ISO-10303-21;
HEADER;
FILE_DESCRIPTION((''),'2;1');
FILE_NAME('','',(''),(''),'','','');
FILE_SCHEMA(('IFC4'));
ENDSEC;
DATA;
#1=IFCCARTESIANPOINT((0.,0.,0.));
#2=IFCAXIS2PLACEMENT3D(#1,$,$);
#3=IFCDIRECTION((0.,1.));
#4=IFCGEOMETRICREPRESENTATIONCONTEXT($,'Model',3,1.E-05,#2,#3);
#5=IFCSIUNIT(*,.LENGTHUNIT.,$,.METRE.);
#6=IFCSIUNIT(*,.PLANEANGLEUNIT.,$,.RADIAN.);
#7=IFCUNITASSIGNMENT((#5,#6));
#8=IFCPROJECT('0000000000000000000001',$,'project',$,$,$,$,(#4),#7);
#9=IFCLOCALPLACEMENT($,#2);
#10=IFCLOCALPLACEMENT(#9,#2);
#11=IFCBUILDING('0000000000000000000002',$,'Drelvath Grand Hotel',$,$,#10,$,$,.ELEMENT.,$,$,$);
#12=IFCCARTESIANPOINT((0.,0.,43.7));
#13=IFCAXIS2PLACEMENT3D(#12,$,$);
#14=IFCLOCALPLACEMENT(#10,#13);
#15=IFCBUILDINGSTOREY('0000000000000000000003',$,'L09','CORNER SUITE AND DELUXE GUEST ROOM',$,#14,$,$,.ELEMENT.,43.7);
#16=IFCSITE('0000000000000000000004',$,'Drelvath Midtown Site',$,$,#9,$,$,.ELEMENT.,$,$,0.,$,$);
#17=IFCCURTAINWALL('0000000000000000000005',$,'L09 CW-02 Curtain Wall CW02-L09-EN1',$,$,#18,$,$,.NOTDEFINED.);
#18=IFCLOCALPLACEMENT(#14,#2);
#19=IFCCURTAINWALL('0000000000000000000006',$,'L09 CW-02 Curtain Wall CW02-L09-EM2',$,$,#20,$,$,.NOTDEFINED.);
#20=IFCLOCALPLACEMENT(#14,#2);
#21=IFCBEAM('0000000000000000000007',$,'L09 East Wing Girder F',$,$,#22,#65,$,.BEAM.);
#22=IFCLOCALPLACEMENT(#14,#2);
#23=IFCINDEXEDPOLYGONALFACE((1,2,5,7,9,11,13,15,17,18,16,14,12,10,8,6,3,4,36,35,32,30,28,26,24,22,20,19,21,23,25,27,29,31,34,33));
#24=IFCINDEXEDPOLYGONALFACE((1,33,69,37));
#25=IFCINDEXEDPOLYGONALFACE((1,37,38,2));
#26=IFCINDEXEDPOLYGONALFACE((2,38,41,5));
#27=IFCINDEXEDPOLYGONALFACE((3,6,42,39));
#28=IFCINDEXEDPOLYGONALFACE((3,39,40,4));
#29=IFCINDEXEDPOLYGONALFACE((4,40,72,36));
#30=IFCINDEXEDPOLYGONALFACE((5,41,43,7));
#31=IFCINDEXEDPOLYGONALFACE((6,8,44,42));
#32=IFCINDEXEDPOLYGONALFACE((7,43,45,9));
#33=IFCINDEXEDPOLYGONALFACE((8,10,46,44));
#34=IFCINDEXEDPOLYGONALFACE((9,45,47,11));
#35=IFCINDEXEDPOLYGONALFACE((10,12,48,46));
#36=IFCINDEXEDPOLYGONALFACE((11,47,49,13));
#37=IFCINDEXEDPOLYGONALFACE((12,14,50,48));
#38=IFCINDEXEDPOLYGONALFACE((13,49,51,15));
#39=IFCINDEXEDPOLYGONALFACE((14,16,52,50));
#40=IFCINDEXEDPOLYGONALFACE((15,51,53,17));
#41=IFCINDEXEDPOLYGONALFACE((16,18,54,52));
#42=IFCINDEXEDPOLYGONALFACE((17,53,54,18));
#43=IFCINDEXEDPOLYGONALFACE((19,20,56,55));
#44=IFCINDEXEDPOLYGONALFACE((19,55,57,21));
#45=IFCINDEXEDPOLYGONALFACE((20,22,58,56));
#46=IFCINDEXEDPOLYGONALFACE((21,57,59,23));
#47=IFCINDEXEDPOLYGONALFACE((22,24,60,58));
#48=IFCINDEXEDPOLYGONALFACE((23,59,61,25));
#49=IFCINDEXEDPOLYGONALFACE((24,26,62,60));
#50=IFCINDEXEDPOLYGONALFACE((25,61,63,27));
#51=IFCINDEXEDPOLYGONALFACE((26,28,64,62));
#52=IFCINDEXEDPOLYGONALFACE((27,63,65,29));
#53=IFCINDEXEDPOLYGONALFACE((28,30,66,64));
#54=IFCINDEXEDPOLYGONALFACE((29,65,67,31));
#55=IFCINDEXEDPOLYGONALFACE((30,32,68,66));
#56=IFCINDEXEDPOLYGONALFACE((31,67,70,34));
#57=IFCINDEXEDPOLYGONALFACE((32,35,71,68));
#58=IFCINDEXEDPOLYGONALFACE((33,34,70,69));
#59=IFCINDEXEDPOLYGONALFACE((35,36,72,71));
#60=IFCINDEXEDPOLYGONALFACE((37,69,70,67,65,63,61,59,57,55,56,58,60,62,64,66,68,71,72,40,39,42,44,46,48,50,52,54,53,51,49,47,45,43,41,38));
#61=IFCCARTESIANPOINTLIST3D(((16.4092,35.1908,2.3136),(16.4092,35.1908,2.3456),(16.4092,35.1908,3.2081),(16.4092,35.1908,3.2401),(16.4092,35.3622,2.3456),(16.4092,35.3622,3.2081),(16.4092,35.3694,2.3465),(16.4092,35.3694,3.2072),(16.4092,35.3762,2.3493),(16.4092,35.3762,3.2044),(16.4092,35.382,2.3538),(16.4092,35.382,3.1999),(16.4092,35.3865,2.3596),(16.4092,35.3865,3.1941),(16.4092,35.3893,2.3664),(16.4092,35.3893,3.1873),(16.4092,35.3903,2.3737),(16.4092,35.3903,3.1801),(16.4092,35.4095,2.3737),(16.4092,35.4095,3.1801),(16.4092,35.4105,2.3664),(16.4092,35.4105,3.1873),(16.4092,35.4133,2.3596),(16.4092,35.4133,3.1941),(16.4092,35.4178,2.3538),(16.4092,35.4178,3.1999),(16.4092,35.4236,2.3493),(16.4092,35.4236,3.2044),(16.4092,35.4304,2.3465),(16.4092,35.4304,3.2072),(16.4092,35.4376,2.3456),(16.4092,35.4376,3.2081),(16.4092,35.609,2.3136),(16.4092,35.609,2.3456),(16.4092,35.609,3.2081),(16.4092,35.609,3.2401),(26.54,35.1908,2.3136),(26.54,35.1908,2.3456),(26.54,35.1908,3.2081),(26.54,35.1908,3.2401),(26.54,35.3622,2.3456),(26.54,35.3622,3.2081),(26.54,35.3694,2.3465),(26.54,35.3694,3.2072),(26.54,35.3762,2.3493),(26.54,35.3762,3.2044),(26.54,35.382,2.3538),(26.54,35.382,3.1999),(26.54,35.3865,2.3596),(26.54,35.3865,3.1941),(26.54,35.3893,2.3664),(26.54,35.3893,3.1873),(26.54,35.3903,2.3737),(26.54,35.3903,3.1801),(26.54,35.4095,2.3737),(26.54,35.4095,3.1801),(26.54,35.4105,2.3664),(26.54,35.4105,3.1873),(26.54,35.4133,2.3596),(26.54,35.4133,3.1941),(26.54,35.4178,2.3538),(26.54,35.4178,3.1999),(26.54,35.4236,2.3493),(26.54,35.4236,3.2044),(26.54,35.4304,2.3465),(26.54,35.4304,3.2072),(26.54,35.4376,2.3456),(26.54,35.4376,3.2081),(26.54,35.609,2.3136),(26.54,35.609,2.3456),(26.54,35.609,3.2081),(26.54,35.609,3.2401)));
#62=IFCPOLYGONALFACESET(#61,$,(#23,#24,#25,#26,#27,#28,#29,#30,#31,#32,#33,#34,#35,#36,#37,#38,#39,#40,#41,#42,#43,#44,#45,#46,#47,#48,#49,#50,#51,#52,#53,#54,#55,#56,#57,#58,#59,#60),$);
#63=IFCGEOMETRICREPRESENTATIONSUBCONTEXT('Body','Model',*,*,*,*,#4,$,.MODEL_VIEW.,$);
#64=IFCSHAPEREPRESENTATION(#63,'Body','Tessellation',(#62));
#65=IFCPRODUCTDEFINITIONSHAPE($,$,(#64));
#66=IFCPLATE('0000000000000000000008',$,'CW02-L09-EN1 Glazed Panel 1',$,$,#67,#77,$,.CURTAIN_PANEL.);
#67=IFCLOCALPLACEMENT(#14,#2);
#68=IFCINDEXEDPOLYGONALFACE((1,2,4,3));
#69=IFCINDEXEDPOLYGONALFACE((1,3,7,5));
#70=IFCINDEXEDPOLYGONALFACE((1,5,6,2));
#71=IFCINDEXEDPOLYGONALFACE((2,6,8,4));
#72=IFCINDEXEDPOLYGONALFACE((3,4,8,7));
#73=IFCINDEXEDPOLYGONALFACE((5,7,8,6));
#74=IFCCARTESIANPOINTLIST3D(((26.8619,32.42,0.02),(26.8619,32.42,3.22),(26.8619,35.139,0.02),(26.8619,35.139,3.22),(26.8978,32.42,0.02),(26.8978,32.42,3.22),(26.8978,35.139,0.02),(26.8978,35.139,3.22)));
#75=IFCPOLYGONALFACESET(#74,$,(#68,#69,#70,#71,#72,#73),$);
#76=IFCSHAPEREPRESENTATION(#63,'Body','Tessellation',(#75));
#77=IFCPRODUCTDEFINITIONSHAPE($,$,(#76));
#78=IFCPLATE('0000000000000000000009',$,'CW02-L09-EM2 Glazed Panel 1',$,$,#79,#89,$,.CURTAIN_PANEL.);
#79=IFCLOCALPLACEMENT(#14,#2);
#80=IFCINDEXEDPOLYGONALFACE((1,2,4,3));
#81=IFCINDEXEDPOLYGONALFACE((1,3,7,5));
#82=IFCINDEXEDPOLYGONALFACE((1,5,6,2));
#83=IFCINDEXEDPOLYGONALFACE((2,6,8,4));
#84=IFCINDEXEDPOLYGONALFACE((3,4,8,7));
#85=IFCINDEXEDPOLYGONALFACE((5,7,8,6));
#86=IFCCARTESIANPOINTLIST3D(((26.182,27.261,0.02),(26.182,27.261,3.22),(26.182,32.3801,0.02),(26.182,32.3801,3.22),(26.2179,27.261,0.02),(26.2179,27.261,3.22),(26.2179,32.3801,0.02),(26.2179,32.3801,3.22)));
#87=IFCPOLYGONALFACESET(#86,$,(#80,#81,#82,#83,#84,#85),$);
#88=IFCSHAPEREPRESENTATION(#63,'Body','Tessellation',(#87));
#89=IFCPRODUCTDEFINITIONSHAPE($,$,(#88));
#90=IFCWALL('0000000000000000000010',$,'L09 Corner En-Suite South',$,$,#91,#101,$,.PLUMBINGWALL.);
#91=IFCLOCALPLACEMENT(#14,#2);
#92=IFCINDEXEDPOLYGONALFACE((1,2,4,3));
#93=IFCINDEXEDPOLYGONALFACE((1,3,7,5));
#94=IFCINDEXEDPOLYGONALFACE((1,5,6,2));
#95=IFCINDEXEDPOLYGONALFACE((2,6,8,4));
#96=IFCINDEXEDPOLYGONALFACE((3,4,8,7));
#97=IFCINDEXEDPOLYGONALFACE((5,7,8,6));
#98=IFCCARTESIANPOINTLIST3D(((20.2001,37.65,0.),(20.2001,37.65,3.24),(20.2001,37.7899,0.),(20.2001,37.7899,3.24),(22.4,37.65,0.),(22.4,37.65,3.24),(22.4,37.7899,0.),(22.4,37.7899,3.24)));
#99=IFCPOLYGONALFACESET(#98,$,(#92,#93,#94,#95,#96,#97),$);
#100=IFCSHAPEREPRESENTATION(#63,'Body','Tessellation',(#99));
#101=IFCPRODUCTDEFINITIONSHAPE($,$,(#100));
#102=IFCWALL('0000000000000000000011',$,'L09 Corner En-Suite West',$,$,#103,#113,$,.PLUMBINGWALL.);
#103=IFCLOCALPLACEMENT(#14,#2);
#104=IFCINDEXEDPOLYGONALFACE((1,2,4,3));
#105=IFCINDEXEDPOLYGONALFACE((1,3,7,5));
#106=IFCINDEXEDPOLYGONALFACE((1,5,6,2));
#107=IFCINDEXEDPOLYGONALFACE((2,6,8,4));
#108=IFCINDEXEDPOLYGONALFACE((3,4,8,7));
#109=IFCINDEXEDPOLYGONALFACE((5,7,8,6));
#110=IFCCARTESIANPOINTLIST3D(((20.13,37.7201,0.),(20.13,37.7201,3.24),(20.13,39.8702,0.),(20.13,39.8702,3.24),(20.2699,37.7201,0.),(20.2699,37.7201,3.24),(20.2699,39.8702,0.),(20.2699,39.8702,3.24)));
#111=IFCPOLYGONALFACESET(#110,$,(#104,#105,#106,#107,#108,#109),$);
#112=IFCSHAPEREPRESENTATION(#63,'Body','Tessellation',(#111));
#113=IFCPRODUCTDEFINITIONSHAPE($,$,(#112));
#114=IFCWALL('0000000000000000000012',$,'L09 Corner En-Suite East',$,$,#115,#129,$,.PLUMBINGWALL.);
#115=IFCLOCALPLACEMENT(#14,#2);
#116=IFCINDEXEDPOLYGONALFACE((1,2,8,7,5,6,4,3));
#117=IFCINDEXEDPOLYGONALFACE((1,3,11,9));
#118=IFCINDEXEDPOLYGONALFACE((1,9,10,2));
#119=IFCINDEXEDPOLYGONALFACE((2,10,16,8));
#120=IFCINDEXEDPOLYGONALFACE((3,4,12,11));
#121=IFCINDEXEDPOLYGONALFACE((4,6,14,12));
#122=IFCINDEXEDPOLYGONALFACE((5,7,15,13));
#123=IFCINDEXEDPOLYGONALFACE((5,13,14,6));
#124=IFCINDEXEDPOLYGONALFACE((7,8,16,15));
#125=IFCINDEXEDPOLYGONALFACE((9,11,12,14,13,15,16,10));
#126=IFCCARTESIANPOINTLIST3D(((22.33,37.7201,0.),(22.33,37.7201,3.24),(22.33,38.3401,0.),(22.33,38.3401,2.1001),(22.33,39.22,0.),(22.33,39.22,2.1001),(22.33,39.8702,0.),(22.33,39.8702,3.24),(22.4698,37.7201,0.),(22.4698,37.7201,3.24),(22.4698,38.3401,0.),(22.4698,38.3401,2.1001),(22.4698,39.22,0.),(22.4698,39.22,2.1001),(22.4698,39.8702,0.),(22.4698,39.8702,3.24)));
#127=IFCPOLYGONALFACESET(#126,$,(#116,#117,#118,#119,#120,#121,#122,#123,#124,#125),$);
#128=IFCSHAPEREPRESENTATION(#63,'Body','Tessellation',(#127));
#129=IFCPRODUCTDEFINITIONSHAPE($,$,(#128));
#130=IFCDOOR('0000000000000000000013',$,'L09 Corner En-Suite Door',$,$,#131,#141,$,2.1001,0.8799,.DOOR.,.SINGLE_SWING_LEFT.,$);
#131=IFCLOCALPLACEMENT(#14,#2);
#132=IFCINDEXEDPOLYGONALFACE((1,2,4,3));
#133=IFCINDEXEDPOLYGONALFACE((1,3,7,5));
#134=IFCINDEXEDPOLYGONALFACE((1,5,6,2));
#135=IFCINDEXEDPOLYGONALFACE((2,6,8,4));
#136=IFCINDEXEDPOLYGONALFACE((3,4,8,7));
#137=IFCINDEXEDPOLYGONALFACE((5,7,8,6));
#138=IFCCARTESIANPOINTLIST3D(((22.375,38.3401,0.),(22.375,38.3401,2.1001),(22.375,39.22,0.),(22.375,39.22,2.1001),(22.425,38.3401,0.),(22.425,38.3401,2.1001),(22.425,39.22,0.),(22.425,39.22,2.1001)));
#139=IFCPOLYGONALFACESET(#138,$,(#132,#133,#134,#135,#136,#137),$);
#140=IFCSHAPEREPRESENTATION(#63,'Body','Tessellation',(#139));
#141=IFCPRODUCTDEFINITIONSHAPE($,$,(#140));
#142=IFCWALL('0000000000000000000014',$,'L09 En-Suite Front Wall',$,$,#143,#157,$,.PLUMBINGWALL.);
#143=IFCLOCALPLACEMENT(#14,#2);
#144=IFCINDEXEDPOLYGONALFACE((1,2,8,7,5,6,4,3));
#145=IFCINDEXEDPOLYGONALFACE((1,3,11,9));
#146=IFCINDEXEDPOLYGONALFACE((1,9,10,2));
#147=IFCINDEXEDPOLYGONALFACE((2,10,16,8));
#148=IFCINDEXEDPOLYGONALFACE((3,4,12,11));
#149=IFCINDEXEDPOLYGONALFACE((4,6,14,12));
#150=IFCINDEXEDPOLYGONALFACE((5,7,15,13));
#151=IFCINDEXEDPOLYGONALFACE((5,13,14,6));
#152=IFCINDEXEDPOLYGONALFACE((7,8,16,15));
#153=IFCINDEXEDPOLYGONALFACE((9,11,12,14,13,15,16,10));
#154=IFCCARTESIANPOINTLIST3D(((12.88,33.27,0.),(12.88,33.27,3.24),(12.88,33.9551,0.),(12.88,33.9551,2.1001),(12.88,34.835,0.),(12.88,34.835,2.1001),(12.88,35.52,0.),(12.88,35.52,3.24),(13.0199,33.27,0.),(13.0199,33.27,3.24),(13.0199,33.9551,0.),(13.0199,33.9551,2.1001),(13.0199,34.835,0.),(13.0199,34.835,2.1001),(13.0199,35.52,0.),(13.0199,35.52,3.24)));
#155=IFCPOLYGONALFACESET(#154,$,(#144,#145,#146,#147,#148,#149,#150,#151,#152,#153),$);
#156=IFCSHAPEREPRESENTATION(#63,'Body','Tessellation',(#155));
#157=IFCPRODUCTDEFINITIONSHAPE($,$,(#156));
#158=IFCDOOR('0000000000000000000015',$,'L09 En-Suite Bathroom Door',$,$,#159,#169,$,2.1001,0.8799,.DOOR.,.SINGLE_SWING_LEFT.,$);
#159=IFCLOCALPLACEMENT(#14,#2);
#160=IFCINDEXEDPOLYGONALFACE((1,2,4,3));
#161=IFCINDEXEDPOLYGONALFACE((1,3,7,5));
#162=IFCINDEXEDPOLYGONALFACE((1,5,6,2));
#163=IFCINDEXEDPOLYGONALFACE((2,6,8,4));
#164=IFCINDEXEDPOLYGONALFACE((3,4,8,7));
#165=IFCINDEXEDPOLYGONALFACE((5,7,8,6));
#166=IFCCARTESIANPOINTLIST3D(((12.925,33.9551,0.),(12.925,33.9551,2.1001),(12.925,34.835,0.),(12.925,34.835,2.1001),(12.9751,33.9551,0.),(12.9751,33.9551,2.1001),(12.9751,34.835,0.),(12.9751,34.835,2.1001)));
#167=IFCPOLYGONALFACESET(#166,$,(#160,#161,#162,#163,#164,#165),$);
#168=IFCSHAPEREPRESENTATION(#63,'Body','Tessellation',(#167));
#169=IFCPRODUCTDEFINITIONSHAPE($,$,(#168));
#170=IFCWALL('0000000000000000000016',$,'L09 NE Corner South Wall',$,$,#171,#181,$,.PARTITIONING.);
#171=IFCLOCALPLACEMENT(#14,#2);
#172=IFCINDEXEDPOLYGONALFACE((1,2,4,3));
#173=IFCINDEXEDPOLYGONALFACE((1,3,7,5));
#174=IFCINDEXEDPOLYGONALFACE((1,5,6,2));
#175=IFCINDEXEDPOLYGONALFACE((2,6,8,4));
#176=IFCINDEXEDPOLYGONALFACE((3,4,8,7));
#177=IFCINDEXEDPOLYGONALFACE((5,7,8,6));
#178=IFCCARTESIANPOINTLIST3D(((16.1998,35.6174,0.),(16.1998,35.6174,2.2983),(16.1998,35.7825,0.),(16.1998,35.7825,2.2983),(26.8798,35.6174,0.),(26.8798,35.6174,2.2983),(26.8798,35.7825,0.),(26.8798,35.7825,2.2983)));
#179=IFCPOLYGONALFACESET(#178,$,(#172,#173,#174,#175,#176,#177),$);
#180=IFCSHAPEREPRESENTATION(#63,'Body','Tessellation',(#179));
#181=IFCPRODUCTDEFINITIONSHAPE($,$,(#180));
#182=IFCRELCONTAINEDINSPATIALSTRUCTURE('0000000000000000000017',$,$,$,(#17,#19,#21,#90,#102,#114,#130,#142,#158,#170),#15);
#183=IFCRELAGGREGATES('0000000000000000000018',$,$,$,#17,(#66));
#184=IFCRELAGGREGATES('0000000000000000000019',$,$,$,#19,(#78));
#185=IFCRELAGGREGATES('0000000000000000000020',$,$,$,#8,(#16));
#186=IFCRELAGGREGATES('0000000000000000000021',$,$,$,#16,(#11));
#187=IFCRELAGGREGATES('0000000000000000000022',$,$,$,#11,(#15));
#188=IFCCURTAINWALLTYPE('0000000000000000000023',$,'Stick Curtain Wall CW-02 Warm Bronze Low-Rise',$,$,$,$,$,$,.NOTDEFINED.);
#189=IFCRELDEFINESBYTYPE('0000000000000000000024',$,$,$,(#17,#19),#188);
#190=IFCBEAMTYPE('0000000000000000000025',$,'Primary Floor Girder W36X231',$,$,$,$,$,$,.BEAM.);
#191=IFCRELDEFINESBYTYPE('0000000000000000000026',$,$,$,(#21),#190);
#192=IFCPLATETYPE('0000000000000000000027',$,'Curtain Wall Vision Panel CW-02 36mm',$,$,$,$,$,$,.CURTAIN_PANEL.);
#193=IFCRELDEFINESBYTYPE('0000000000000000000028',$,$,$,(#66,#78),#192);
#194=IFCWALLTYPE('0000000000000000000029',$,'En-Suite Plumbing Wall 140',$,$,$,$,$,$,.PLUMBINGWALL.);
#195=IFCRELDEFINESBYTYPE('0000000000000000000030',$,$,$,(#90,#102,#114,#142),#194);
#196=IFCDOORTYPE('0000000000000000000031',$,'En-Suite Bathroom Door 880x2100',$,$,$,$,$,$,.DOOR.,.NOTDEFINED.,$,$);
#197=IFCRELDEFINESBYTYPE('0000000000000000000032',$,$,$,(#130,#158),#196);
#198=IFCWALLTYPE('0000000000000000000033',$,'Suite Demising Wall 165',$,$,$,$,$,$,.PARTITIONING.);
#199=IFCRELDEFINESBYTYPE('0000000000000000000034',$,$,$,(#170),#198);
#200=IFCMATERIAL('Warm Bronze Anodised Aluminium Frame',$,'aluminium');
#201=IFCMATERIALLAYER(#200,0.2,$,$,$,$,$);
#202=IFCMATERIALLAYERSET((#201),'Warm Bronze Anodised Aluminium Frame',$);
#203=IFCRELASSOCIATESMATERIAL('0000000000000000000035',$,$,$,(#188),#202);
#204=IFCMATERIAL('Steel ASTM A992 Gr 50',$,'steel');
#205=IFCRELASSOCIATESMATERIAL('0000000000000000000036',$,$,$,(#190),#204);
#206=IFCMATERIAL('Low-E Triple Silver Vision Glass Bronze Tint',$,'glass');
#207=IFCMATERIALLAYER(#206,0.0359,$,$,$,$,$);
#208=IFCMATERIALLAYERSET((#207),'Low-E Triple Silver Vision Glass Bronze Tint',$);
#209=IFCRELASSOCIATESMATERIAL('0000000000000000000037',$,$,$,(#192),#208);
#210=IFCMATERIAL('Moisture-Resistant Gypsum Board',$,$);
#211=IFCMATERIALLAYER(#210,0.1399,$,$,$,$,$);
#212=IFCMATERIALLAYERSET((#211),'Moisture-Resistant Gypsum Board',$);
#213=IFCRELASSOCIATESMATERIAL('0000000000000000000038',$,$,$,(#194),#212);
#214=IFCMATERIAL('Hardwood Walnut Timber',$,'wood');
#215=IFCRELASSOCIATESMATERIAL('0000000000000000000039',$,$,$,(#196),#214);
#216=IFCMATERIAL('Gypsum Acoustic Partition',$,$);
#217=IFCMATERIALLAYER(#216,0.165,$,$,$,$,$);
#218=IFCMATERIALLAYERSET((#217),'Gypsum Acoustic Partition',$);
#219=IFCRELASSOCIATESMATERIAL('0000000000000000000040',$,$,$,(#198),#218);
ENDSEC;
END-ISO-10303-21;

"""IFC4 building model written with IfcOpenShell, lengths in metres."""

from ifc_helpers import new_model, si_unit, direction, frame, frame_2d, origin, origin_2d, place, context, subcontext, project, spatial, rectangle, i_section, extrude, material, layer, layer_set, material_profile, profile_set, type_object, element, fill, aggregate, save


model = new_model("IFC4")

# Units and contexts
model_context = context("Model", 3, precision=1e-05, world=origin(), true_north=direction((0.0, 1.0)))
body_context = subcontext(model_context, "Body", "Model", "MODEL_VIEW")
ifc_project = project(units=[si_unit("LENGTHUNIT", "METRE"), si_unit("PLANEANGLEUNIT", "RADIAN")], contexts=[model_context])

# Site, building, storey
site_placement = place(None, origin())
site = spatial("IfcSite", under=ifc_project, at=site_placement, Name="Drelvath Midtown Site", CompositionType="ELEMENT", RefElevation=0.0)
building_placement = place(site_placement, origin())
building = spatial("IfcBuilding", under=site, at=building_placement, Name="Drelvath Grand Hotel", CompositionType="ELEMENT")
storey_placement = place(building_placement, frame((0.0, 0.0, 43.7)))
storey = spatial("IfcBuildingStorey", under=building, at=storey_placement, Name="L09", Description="CORNER SUITE AND DELUXE GUEST ROOM", CompositionType="ELEMENT", Elevation=43.7)

# Curtain walls
ifc_material_1 = material(Name="Warm Bronze Anodised Aluminium Frame", Category="aluminium")
ifc_layer_1 = layer(ifc_material_1, 0.2)
ifc_layer_set_1 = layer_set([ifc_layer_1], Name="Warm Bronze Anodised Aluminium Frame")
curtain_wall_type = type_object("IfcCurtainWallType", Name="Stick Curtain Wall CW-02 Warm Bronze Low-Rise", PredefinedType="NOTDEFINED", material=ifc_layer_set_1)
curtain_wall_1_placement = place(storey_placement, origin())
curtain_wall_1 = element("IfcCurtainWall", 1, at=curtain_wall_1_placement, inside=storey, type_object=curtain_wall_type, Name="L09 CW-02 Curtain Wall CW02-L09-EN1", PredefinedType="NOTDEFINED")
curtain_wall_2_placement = place(storey_placement, origin())
curtain_wall_2 = element("IfcCurtainWall", 2, at=curtain_wall_2_placement, inside=storey, type_object=curtain_wall_type, Name="L09 CW-02 Curtain Wall CW02-L09-EM2", PredefinedType="NOTDEFINED")

# Beam
ifc_material_2 = material(Name="Steel ASTM A992 Gr 50", Category="steel")
ifc_material_profile_1 = material_profile(ifc_material_2, i_section(OverallWidth=0.4182, OverallDepth=0.9265, WebThickness=0.0193, FlangeThickness=0.032, FilletRadius=0.0281, at=origin_2d()), Name="W36X231")
ifc_profile_set_1 = profile_set([ifc_material_profile_1], Name="Steel ASTM A992 Gr 50")
beam_type_1 = type_object("IfcBeamType", Name="Primary Floor Girder W36X231", PredefinedType="BEAM", material=ifc_profile_set_1)
beam_1_placement = place(storey_placement, frame((16.4092, 35.3999, 2.7769), z_axis=(1.0, 0.0, 0.0), x_axis=(0.0, 1.0, 0.0)))
element("IfcBeam", 3, at=beam_1_placement, inside=storey, type_object=beam_type_1, Name="L09 East Wing Girder F", PredefinedType="BEAM", context=body_context, shape_type="SweptSolid", body=[
    extrude(i_section(OverallWidth=0.4182, OverallDepth=0.9265, WebThickness=0.0193, FlangeThickness=0.032, FilletRadius=0.0281, at=origin_2d()), origin(), (0.0, 0.0, 1.0), 10.1309),
])

# Plates
ifc_material_3 = material(Name="Low-E Triple Silver Vision Glass Bronze Tint", Category="glass")
ifc_layer_2 = layer(ifc_material_3, 0.0359)
ifc_layer_set_2 = layer_set([ifc_layer_2], Name="Low-E Triple Silver Vision Glass Bronze Tint")
plate_type = type_object("IfcPlateType", Name="Curtain Wall Vision Panel CW-02 36mm", PredefinedType="CURTAIN_PANEL", material=ifc_layer_set_2)
plate_1_placement = place(storey_placement, frame((26.8799, 33.7795, 0.02), z_axis=(0.0, 0.0, 1.0), x_axis=(0.0, -1.0, 0.0)))
plate_1 = element("IfcPlate", 4, at=plate_1_placement, type_object=plate_type, Name="CW02-L09-EN1 Glazed Panel 1", PredefinedType="CURTAIN_PANEL", context=body_context, shape_type="SweptSolid", body=[
    extrude(rectangle(XDim=2.719, YDim=0.0359, at=origin_2d()), origin(), (0.0, 0.0, 1.0), 3.2),
])
aggregate(curtain_wall_1, [plate_1])
plate_2_placement = place(storey_placement, frame((26.2, 29.8206, 0.02), z_axis=(0.0, 0.0, 1.0), x_axis=(0.0, -1.0, 0.0)))
plate_2 = element("IfcPlate", 5, at=plate_2_placement, type_object=plate_type, Name="CW02-L09-EM2 Glazed Panel 1", PredefinedType="CURTAIN_PANEL", context=body_context, shape_type="SweptSolid", body=[
    extrude(rectangle(XDim=5.1191, YDim=0.0359, at=origin_2d()), origin(), (0.0, 0.0, 1.0), 3.2),
])
aggregate(curtain_wall_2, [plate_2])

# Shared definitions
ifc_material_4 = material(Name="Hardwood Walnut Timber", Category="wood")

# Walls
ifc_material_5 = material(Name="Moisture-Resistant Gypsum Board")
ifc_layer_3 = layer(ifc_material_5, 0.1399)
ifc_layer_set_3 = layer_set([ifc_layer_3], Name="Moisture-Resistant Gypsum Board")
wall_type_1 = type_object("IfcWallType", Name="En-Suite Plumbing Wall 140", PredefinedType="PLUMBINGWALL", material=ifc_layer_set_3)
wall_1_placement = place(storey_placement, frame((20.2, 37.72, 0.0), z_axis=(0.0, 0.0, 1.0), x_axis=(1.0, 0.0, 0.0)))
element("IfcWall", 6, at=wall_1_placement, inside=storey, type_object=wall_type_1, Name="L09 Corner En-Suite South", PredefinedType="PLUMBINGWALL", context=body_context, shape_type="SweptSolid", body=[
    extrude(rectangle(XDim=2.2, YDim=0.1399, at=frame_2d((1.1001, 0.0))), origin(), (0.0, 0.0, 1.0), 3.24),
])
wall_2_placement = place(storey_placement, frame((20.2, 37.72, 0.0), z_axis=(0.0, 0.0, 1.0), x_axis=(0.0, 1.0, 0.0)))
element("IfcWall", 7, at=wall_2_placement, inside=storey, type_object=wall_type_1, Name="L09 Corner En-Suite West", PredefinedType="PLUMBINGWALL", context=body_context, shape_type="SweptSolid", body=[
    extrude(rectangle(XDim=2.1501, YDim=0.1399, at=frame_2d((1.0752, 0.0))), origin(), (0.0, 0.0, 1.0), 3.24),
])

# Walls, openings, doors
wall_3_placement = place(storey_placement, frame((22.3999, 37.72, 0.0), z_axis=(0.0, 0.0, 1.0), x_axis=(0.0, 1.0, 0.0)))
wall_3 = element("IfcWall", 8, at=wall_3_placement, inside=storey, type_object=wall_type_1, Name="L09 Corner En-Suite East", PredefinedType="PLUMBINGWALL", context=body_context, shape_type="SweptSolid", body=[
    extrude(rectangle(XDim=2.1501, YDim=0.1399, at=frame_2d((1.0752, 0.0))), origin(), (0.0, 0.0, 1.0), 3.24),
])
opening_1_placement = place(wall_3_placement, frame((0.6201, 0.0, 0.0)))
opening_1 = element("IfcOpeningElement", 9, at=opening_1_placement, cuts=wall_3, PredefinedType="OPENING", context=body_context, shape_type="SweptSolid", body=[
    extrude(rectangle(XDim=0.8799, YDim=2.1001, at=frame_2d((0.4399, 1.05))), frame((0.0, 0.0798, 0.0), z_axis=(0.0, -1.0, 0.0), x_axis=(1.0, 0.0, 0.0)), (0.0, 0.0, 1.0), 0.1599),
])
door_type_1 = type_object("IfcDoorType", Name="En-Suite Bathroom Door 880x2100", OperationType="NOTDEFINED", PredefinedType="DOOR", material=ifc_material_4)
door_1_placement = place(opening_1_placement, origin())
door_1 = element("IfcDoor", 10, at=door_1_placement, inside=storey, type_object=door_type_1, Name="L09 Corner En-Suite Door", OperationType="SINGLE_SWING_LEFT", OverallHeight=2.1001, OverallWidth=0.8799, PredefinedType="DOOR", context=body_context, shape_type="SweptSolid", body=[
    extrude(rectangle(XDim=0.8799, YDim=2.1001, at=frame_2d((0.4399, 1.05))), frame((0.0, 0.0249, 0.0), z_axis=(0.0, -1.0, 0.0), x_axis=(1.0, 0.0, 0.0)), (0.0, 0.0, 1.0), 0.05),
])
fill(opening_1, door_1)
wall_4_placement = place(storey_placement, frame((12.95, 33.27, 0.0), z_axis=(0.0, 0.0, 1.0), x_axis=(0.0, 1.0, 0.0)))
wall_4 = element("IfcWall", 11, at=wall_4_placement, inside=storey, type_object=wall_type_1, Name="L09 En-Suite Front Wall", PredefinedType="PLUMBINGWALL", context=body_context, shape_type="SweptSolid", body=[
    extrude(rectangle(XDim=2.25, YDim=0.1399, at=frame_2d((1.125, 0.0))), origin(), (0.0, 0.0, 1.0), 3.24),
])
opening_2_placement = place(wall_4_placement, frame((0.6851, 0.0, 0.0)))
opening_2 = element("IfcOpeningElement", 12, at=opening_2_placement, cuts=wall_4, PredefinedType="OPENING", context=body_context, shape_type="SweptSolid", body=[
    extrude(rectangle(XDim=0.8799, YDim=2.1001, at=frame_2d((0.4399, 1.05))), frame((0.0, 0.0798, 0.0), z_axis=(0.0, -1.0, 0.0), x_axis=(1.0, 0.0, 0.0)), (0.0, 0.0, 1.0), 0.1599),
])
door_2_placement = place(opening_2_placement, origin())
door_2 = element("IfcDoor", 13, at=door_2_placement, inside=storey, type_object=door_type_1, Name="L09 En-Suite Bathroom Door", OperationType="SINGLE_SWING_LEFT", OverallHeight=2.1001, OverallWidth=0.8799, PredefinedType="DOOR", context=body_context, shape_type="SweptSolid", body=[
    extrude(rectangle(XDim=0.8799, YDim=2.1001, at=frame_2d((0.4399, 1.05))), frame((0.0, 0.0249, 0.0), z_axis=(0.0, -1.0, 0.0), x_axis=(1.0, 0.0, 0.0)), (0.0, 0.0, 1.0), 0.05),
])
fill(opening_2, door_2)

# Wall
ifc_material_6 = material(Name="Gypsum Acoustic Partition")
ifc_layer_4 = layer(ifc_material_6, 0.165)
ifc_layer_set_4 = layer_set([ifc_layer_4], Name="Gypsum Acoustic Partition")
wall_type_2 = type_object("IfcWallType", Name="Suite Demising Wall 165", PredefinedType="PARTITIONING", material=ifc_layer_set_4)
wall_5_placement = place(storey_placement, frame((16.2, 35.7, 0.0), z_axis=(0.0, 0.0, 1.0), x_axis=(1.0, 0.0, 0.0)))
element("IfcWall", 14, at=wall_5_placement, inside=storey, type_object=wall_type_2, Name="L09 NE Corner South Wall", PredefinedType="PARTITIONING", context=body_context, shape_type="SweptSolid", body=[
    extrude(rectangle(XDim=10.6799, YDim=0.165, at=frame_2d((5.3398, 0.0))), origin(), (0.0, 0.0, 1.0), 2.2983),
])

save(model, "model.ifc")
